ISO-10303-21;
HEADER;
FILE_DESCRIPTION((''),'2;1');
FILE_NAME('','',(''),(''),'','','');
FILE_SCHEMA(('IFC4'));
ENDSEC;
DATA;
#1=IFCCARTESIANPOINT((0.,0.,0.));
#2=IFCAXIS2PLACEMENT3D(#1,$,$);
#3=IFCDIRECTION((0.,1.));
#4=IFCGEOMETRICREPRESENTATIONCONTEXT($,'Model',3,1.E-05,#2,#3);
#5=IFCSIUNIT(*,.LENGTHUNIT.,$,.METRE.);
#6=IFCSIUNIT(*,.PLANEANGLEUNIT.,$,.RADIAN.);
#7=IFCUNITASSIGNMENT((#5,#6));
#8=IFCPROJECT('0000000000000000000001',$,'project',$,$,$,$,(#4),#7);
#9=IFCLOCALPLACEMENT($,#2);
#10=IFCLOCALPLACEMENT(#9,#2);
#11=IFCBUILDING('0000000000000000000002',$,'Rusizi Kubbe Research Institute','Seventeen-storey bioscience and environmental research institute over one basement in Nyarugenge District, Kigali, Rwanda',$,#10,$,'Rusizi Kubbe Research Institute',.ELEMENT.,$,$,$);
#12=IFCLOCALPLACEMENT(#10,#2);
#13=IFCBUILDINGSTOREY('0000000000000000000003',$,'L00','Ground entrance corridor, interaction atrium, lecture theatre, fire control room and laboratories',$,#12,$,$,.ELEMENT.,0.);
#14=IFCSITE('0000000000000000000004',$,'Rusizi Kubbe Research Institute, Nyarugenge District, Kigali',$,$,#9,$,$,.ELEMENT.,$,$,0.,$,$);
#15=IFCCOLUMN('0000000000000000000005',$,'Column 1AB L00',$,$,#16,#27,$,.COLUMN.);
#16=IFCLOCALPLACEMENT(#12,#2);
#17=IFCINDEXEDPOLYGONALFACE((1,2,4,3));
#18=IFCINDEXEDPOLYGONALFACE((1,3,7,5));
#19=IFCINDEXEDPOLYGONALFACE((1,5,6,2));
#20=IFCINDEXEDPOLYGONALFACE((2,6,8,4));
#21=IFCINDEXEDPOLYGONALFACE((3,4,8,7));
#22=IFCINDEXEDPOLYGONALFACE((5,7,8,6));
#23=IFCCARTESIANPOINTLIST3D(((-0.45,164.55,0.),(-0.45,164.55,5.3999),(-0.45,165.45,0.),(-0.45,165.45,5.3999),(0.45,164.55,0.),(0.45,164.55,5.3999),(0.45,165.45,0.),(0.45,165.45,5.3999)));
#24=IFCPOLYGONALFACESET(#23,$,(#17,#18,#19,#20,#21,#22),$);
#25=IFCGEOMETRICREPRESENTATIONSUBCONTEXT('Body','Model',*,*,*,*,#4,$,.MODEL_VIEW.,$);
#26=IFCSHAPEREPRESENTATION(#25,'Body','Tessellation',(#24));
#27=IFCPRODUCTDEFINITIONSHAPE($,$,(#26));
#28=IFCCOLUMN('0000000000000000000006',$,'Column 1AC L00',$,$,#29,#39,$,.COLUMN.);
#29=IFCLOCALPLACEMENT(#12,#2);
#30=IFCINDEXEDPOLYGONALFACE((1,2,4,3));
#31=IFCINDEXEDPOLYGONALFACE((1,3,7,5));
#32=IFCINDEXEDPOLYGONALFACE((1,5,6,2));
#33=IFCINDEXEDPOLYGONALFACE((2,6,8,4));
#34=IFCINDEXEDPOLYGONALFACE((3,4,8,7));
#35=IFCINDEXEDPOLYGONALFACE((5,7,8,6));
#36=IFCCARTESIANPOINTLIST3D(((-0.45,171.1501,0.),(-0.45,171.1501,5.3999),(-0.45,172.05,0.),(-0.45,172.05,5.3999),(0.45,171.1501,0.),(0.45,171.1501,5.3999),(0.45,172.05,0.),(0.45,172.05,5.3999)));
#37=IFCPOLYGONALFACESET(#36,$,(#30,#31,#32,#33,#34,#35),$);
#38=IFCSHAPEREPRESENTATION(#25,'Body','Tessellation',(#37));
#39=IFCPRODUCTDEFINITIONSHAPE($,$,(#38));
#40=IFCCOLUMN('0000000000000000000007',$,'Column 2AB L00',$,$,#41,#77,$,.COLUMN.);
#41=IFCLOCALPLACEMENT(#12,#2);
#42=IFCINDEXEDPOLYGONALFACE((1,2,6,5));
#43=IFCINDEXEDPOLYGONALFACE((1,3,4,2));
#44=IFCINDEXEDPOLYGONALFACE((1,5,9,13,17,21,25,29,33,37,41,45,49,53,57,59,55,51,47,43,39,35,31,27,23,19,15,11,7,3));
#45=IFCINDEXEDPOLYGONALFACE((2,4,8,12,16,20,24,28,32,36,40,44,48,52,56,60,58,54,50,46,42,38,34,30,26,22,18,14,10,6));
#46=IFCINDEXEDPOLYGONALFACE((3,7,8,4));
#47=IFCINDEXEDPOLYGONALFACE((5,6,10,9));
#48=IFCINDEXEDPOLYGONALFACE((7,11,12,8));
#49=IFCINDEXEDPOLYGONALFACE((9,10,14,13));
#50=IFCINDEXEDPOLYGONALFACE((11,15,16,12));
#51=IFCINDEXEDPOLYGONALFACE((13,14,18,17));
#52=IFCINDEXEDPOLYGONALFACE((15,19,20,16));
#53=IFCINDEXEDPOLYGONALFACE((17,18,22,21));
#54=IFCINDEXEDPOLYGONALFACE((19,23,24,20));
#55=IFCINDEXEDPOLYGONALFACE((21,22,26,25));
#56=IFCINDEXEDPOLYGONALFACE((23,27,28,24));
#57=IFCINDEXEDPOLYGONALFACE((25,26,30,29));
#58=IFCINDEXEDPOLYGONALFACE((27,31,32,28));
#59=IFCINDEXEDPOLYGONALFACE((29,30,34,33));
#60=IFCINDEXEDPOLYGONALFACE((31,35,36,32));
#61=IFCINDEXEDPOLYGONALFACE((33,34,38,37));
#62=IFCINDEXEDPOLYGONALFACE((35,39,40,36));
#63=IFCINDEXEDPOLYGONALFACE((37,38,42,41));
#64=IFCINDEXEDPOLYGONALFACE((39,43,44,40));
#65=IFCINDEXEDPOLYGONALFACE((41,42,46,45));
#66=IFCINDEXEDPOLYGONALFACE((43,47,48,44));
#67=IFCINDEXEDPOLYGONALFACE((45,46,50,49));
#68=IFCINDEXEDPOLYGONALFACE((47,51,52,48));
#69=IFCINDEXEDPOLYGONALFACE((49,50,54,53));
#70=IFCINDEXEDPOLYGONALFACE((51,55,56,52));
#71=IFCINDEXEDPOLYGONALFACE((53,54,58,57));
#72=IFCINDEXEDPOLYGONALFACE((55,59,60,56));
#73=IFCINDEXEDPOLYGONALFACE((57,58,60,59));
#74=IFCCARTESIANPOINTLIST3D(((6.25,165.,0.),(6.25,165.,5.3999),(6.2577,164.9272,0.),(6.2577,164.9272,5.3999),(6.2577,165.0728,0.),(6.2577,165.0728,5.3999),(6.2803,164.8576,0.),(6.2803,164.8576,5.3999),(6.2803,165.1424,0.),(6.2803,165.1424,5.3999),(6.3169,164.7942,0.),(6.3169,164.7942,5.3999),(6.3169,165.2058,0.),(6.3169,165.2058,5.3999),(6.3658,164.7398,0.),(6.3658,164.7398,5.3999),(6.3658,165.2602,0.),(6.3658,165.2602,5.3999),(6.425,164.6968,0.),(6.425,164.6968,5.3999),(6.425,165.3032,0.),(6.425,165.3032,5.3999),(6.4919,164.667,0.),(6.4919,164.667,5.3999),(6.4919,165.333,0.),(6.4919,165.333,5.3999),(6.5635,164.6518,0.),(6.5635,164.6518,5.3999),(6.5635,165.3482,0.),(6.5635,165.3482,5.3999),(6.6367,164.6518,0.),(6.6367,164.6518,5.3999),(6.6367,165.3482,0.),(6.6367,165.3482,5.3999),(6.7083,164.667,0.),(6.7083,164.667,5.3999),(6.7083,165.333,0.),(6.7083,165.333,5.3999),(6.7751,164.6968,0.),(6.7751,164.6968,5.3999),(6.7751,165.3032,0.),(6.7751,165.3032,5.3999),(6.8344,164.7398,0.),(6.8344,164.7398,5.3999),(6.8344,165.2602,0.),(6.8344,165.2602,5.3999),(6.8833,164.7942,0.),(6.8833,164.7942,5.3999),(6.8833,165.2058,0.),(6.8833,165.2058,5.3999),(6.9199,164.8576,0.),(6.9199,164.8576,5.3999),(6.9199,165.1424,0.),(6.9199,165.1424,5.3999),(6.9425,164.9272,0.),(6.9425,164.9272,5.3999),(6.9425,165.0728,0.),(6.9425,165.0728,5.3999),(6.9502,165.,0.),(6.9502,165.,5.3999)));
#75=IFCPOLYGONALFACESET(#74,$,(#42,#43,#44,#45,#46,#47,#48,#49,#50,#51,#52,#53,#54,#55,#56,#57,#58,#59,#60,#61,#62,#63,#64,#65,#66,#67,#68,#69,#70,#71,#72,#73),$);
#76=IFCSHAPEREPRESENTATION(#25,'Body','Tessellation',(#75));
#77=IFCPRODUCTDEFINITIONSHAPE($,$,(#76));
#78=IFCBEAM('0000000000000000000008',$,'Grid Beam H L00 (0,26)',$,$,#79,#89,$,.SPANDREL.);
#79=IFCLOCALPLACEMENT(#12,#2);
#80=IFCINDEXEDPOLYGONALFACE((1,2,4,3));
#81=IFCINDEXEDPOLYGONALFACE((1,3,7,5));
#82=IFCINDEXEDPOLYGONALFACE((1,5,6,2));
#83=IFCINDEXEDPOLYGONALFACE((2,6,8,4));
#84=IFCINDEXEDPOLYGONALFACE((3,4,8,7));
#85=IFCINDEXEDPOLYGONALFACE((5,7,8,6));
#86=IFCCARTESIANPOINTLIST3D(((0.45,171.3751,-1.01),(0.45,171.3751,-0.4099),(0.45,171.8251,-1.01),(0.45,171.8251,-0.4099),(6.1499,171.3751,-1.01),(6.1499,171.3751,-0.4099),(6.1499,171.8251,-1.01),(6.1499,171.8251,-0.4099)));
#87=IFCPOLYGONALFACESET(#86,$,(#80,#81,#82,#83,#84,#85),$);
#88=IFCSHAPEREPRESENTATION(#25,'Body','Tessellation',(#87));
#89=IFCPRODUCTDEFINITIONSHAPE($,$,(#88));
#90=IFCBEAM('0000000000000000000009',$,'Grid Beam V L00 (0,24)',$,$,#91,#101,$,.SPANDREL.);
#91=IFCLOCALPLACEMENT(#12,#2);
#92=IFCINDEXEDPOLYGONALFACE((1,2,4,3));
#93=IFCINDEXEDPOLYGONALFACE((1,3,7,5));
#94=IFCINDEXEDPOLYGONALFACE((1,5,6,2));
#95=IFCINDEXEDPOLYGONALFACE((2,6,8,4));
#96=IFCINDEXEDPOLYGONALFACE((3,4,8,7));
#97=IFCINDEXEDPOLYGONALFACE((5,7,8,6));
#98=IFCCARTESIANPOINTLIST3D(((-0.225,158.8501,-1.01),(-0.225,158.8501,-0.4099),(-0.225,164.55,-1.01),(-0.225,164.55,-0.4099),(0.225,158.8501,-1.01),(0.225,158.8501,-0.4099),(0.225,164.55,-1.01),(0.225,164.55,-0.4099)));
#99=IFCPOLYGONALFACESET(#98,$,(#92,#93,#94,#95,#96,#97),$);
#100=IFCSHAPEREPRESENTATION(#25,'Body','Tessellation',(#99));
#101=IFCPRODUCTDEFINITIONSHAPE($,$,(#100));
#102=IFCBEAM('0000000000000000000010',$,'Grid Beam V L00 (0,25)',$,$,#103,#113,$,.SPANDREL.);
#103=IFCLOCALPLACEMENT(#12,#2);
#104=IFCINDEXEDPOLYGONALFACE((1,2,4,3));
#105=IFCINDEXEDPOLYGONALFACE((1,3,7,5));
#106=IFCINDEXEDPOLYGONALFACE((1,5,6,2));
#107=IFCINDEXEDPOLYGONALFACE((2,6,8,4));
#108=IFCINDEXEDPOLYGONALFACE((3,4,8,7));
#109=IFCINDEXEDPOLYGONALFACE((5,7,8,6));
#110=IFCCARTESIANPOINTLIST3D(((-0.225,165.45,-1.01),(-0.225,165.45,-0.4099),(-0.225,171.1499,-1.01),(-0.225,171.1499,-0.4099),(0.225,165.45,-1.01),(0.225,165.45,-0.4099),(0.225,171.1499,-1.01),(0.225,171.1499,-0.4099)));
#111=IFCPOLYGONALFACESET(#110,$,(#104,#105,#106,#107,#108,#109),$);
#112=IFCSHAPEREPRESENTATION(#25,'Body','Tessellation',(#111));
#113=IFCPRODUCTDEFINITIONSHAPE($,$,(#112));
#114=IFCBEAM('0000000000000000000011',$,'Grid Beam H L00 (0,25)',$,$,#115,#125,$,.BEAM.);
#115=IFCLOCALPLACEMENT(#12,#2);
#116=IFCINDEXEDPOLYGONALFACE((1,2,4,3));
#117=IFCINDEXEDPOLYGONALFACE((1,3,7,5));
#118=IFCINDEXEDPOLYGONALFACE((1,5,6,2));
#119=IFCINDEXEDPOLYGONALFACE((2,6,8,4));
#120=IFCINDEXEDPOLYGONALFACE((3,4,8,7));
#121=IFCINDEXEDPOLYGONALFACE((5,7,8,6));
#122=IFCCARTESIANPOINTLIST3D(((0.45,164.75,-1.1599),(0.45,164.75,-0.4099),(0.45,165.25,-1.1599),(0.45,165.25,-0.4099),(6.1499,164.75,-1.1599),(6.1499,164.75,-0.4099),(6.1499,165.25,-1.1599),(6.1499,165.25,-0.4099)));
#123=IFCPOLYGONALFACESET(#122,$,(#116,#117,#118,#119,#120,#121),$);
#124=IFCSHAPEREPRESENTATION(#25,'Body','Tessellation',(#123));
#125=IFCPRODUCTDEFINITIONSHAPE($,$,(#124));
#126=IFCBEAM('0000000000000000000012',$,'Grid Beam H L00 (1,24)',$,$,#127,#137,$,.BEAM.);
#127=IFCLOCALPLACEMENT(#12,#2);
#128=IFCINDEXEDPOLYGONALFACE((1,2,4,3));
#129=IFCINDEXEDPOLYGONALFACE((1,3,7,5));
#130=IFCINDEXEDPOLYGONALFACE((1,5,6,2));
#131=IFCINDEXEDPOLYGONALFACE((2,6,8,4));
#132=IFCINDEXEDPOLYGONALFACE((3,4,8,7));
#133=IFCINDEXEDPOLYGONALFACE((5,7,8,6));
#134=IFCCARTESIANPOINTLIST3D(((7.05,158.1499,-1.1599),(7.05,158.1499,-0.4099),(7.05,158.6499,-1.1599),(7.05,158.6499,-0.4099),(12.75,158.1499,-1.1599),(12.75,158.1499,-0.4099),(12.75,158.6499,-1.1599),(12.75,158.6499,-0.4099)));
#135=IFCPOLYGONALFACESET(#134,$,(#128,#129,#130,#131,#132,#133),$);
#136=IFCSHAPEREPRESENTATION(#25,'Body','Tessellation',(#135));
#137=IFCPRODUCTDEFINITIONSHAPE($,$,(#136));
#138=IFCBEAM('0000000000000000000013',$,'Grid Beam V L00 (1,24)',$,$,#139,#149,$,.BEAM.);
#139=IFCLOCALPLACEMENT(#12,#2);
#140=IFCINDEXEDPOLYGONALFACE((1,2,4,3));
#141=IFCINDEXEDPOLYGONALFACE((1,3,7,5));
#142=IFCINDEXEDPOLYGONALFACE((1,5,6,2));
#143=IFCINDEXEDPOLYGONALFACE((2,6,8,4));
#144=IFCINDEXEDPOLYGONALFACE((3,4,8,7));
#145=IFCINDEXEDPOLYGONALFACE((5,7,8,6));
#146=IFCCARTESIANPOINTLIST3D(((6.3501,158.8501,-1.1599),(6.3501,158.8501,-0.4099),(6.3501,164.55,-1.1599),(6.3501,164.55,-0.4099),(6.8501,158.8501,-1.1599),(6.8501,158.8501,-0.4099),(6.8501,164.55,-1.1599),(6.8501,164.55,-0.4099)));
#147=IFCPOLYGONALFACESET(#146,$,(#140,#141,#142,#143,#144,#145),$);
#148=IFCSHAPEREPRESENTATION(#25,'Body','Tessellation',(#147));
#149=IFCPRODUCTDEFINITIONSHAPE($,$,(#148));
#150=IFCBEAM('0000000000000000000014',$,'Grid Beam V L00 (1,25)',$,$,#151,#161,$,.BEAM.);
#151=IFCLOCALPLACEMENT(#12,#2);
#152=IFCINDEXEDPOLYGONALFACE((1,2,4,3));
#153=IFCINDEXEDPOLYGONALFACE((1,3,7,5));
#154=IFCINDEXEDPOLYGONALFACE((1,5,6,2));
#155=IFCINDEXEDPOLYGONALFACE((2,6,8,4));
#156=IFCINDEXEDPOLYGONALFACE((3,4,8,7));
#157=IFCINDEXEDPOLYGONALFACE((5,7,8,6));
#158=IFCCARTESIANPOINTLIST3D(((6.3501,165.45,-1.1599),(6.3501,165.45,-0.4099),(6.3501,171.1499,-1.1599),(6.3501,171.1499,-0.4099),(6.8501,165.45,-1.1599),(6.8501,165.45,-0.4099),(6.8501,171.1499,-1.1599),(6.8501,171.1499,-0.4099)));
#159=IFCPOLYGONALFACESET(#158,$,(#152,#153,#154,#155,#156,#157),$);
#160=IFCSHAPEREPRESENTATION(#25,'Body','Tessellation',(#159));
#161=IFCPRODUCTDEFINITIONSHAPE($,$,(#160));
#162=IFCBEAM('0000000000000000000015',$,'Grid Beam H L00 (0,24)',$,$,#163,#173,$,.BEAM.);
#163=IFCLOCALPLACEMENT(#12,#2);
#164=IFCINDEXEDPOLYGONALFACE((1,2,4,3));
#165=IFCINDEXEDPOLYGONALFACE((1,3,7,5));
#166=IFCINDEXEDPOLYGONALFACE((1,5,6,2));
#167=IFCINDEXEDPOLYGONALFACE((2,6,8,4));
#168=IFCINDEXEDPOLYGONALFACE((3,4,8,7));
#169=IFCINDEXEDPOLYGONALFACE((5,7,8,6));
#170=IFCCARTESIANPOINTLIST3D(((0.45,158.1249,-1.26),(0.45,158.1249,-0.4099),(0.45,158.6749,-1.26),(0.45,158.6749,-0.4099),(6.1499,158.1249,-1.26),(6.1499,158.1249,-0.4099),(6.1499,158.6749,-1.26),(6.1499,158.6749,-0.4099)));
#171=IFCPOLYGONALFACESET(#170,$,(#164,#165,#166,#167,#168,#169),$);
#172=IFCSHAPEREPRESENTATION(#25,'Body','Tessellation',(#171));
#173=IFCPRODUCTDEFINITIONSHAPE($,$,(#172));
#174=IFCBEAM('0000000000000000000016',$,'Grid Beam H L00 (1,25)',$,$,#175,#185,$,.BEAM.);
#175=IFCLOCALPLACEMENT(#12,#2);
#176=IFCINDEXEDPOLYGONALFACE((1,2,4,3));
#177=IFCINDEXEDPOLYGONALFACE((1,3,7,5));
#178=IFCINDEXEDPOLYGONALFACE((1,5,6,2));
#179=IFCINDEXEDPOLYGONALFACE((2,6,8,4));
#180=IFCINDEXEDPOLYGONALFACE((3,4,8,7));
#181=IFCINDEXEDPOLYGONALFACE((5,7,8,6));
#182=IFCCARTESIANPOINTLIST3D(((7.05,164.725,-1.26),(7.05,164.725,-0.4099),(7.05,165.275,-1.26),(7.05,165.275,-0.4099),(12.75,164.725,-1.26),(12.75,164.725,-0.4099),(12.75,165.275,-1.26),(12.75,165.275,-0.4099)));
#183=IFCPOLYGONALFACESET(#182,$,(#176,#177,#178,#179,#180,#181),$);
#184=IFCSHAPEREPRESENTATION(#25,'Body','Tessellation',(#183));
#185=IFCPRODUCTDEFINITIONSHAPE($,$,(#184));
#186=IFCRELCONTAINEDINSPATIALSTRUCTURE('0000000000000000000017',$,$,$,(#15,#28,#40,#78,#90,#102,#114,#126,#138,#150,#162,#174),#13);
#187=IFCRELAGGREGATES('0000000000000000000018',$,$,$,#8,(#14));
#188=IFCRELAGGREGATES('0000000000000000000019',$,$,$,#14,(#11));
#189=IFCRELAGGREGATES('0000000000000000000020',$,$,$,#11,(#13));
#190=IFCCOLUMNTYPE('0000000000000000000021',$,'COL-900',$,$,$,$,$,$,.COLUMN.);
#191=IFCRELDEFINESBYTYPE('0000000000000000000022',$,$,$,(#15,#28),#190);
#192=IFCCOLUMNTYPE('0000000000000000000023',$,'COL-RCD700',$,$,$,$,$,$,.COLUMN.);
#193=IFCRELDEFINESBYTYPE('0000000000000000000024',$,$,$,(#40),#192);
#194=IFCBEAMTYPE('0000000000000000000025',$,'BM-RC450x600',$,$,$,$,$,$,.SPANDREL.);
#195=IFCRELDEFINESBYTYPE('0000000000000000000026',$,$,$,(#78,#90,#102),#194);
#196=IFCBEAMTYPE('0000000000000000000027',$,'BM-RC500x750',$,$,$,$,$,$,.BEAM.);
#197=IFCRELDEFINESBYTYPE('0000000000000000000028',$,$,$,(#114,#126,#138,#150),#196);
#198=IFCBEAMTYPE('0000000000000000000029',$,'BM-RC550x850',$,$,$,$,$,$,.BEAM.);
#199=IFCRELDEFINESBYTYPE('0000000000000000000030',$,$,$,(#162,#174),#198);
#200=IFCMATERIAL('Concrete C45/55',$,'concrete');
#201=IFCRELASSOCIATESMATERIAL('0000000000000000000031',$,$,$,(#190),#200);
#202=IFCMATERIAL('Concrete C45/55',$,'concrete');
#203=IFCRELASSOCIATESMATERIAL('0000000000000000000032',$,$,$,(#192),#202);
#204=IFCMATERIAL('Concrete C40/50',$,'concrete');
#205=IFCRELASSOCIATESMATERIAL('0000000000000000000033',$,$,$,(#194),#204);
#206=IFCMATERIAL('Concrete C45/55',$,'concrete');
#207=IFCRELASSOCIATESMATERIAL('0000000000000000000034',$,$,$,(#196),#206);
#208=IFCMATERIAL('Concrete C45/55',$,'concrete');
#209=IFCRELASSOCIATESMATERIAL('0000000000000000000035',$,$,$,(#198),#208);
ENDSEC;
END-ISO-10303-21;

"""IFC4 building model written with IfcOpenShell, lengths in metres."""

from ifc_helpers import new_model, si_unit, direction, frame, origin, origin_2d, place, context, subcontext, project, spatial, rectangle, circle, extrude, material, material_profile, profile_set, type_object, element, save


model = new_model("IFC4")

# Units and contexts
model_context = context("Model", 3, precision=1e-05, world=origin(), true_north=direction((0.0, 1.0)))
body_context = subcontext(model_context, "Body", "Model", "MODEL_VIEW")
ifc_project = project(units=[si_unit("LENGTHUNIT", "METRE"), si_unit("PLANEANGLEUNIT", "RADIAN")], contexts=[model_context])

# Site, building, storey
site_placement = place(None, origin())
site = spatial("IfcSite", under=ifc_project, at=site_placement, Name="Rusizi Kubbe Research Institute, Nyarugenge District, Kigali", CompositionType="ELEMENT", RefElevation=0.0)
building_placement = place(site_placement, origin())
building = spatial("IfcBuilding", under=site, at=building_placement, Name="Rusizi Kubbe Research Institute", Description="Seventeen-storey bioscience and environmental research institute over one basement in Nyarugenge District, Kigali, Rwanda", LongName="Rusizi Kubbe Research Institute", CompositionType="ELEMENT")
storey_placement = place(building_placement, origin())
storey = spatial("IfcBuildingStorey", under=building, at=storey_placement, Name="L00", Description="Ground entrance corridor, interaction atrium, lecture theatre, fire control room and laboratories", CompositionType="ELEMENT", Elevation=0.0)

# Columns
ifc_material_1 = material(Name="Concrete C45/55", Category="concrete")
ifc_material_profile_1 = material_profile(ifc_material_1, rectangle(XDim=0.8999, YDim=0.8999, at=origin_2d()), Name="RC900x900")
ifc_profile_set_1 = profile_set([ifc_material_profile_1], Name="Concrete C45/55")
column_type_1 = type_object("IfcColumnType", Name="COL-900", PredefinedType="COLUMN", material=ifc_profile_set_1)
for number, where, z_axis, x_axis, name in (
    (1, (0.0, 165.0, 0.0), (0.0, 0.0, 1.0), (1.0, 0.0, 0.0), "Column 1AB L00"),
    (2, (0.0, 171.6001, 0.0), (0.0, 0.0, 1.0), (1.0, 0.0, 0.0), "Column 1AC L00"),
):
    element("IfcColumn", number, at=place(storey_placement, frame(where, z_axis=z_axis, x_axis=x_axis)), inside=storey, type_object=column_type_1, Name=name, PredefinedType="COLUMN", context=body_context, shape_type="SweptSolid", body=[
        extrude(rectangle(XDim=0.8999, YDim=0.8999, at=origin_2d()), origin(), (0.0, 0.0, 1.0), 5.3999),
    ])
ifc_material_2 = material(Name="Concrete C45/55", Category="concrete")
ifc_material_profile_2 = material_profile(ifc_material_2, circle(Radius=0.3501, at=origin_2d()), Name="RCD700")
ifc_profile_set_2 = profile_set([ifc_material_profile_2], Name="Concrete C45/55")
column_type_2 = type_object("IfcColumnType", Name="COL-RCD700", PredefinedType="COLUMN", material=ifc_profile_set_2)
column_placement = place(storey_placement, frame((6.6001, 165.0, 0.0), z_axis=(0.0, 0.0, 1.0), x_axis=(1.0, 0.0, 0.0)))
element("IfcColumn", 3, at=column_placement, inside=storey, type_object=column_type_2, Name="Column 2AB L00", PredefinedType="COLUMN", context=body_context, shape_type="SweptSolid", body=[
    extrude(circle(Radius=0.3501, at=origin_2d()), origin(), (0.0, 0.0, 1.0), 5.3999),
])

# Beams
ifc_material_3 = material(Name="Concrete C40/50", Category="concrete")
ifc_material_profile_3 = material_profile(ifc_material_3, rectangle(XDim=0.45, YDim=0.6001, at=origin_2d()), Name="RC450x600")
ifc_profile_set_3 = profile_set([ifc_material_profile_3], Name="Concrete C40/50")
beam_type_1 = type_object("IfcBeamType", Name="BM-RC450x600", PredefinedType="SPANDREL", material=ifc_profile_set_3)
for number, where, z_axis, x_axis, name in (
    (4, (0.45, 171.6001, -0.71), (1.0, 0.0, 0.0), (0.0, 1.0, 0.0), "Grid Beam H L00 (0,26)"),
    (5, (0.0, 158.8501, -0.71), (0.0, 1.0, 0.0), (-1.0, 0.0, 0.0), "Grid Beam V L00 (0,24)"),
    (6, (0.0, 165.45, -0.71), (0.0, 1.0, 0.0), (-1.0, 0.0, 0.0), "Grid Beam V L00 (0,25)"),
):
    element("IfcBeam", number, at=place(storey_placement, frame(where, z_axis=z_axis, x_axis=x_axis)), inside=storey, type_object=beam_type_1, Name=name, PredefinedType="SPANDREL", context=body_context, shape_type="SweptSolid", body=[
        extrude(rectangle(XDim=0.45, YDim=0.6001, at=origin_2d()), origin(), (0.0, 0.0, 1.0), 5.7),
    ])
ifc_material_4 = material(Name="Concrete C45/55", Category="concrete")
ifc_material_profile_4 = material_profile(ifc_material_4, rectangle(XDim=0.5, YDim=0.75, at=origin_2d()), Name="RC500x750B")
ifc_profile_set_4 = profile_set([ifc_material_profile_4], Name="Concrete C45/55")
beam_type_2 = type_object("IfcBeamType", Name="BM-RC500x750", PredefinedType="BEAM", material=ifc_profile_set_4)
for number, where, z_axis, x_axis, name in (
    (7, (0.45, 165.0, -0.7849), (1.0, 0.0, 0.0), (0.0, 1.0, 0.0), "Grid Beam H L00 (0,25)"),
    (8, (7.05, 158.3999, -0.7849), (1.0, 0.0, 0.0), (0.0, 1.0, 0.0), "Grid Beam H L00 (1,24)"),
    (9, (6.6001, 158.8501, -0.7849), (0.0, 1.0, 0.0), (-1.0, 0.0, 0.0), "Grid Beam V L00 (1,24)"),
    (10, (6.6001, 165.45, -0.7849), (0.0, 1.0, 0.0), (-1.0, 0.0, 0.0), "Grid Beam V L00 (1,25)"),
):
    element("IfcBeam", number, at=place(storey_placement, frame(where, z_axis=z_axis, x_axis=x_axis)), inside=storey, type_object=beam_type_2, Name=name, PredefinedType="BEAM", context=body_context, shape_type="SweptSolid", body=[
        extrude(rectangle(XDim=0.5, YDim=0.75, at=origin_2d()), origin(), (0.0, 0.0, 1.0), 5.7),
    ])
ifc_material_5 = material(Name="Concrete C45/55", Category="concrete")
ifc_material_profile_5 = material_profile(ifc_material_5, rectangle(XDim=0.55, YDim=0.8501, at=origin_2d()), Name="RC550x850")
ifc_profile_set_5 = profile_set([ifc_material_profile_5], Name="Concrete C45/55")
beam_type_3 = type_object("IfcBeamType", Name="BM-RC550x850", PredefinedType="BEAM", material=ifc_profile_set_5)
for number, where, z_axis, x_axis, name in (
    (11, (0.45, 158.3999, -0.835), (1.0, 0.0, 0.0), (0.0, 1.0, 0.0), "Grid Beam H L00 (0,24)"),
    (12, (7.05, 165.0, -0.835), (1.0, 0.0, 0.0), (0.0, 1.0, 0.0), "Grid Beam H L00 (1,25)"),
):
    element("IfcBeam", number, at=place(storey_placement, frame(where, z_axis=z_axis, x_axis=x_axis)), inside=storey, type_object=beam_type_3, Name=name, PredefinedType="BEAM", context=body_context, shape_type="SweptSolid", body=[
        extrude(rectangle(XDim=0.55, YDim=0.8501, at=origin_2d()), origin(), (0.0, 0.0, 1.0), 5.7),
    ])

save(model, "model.ifc")
